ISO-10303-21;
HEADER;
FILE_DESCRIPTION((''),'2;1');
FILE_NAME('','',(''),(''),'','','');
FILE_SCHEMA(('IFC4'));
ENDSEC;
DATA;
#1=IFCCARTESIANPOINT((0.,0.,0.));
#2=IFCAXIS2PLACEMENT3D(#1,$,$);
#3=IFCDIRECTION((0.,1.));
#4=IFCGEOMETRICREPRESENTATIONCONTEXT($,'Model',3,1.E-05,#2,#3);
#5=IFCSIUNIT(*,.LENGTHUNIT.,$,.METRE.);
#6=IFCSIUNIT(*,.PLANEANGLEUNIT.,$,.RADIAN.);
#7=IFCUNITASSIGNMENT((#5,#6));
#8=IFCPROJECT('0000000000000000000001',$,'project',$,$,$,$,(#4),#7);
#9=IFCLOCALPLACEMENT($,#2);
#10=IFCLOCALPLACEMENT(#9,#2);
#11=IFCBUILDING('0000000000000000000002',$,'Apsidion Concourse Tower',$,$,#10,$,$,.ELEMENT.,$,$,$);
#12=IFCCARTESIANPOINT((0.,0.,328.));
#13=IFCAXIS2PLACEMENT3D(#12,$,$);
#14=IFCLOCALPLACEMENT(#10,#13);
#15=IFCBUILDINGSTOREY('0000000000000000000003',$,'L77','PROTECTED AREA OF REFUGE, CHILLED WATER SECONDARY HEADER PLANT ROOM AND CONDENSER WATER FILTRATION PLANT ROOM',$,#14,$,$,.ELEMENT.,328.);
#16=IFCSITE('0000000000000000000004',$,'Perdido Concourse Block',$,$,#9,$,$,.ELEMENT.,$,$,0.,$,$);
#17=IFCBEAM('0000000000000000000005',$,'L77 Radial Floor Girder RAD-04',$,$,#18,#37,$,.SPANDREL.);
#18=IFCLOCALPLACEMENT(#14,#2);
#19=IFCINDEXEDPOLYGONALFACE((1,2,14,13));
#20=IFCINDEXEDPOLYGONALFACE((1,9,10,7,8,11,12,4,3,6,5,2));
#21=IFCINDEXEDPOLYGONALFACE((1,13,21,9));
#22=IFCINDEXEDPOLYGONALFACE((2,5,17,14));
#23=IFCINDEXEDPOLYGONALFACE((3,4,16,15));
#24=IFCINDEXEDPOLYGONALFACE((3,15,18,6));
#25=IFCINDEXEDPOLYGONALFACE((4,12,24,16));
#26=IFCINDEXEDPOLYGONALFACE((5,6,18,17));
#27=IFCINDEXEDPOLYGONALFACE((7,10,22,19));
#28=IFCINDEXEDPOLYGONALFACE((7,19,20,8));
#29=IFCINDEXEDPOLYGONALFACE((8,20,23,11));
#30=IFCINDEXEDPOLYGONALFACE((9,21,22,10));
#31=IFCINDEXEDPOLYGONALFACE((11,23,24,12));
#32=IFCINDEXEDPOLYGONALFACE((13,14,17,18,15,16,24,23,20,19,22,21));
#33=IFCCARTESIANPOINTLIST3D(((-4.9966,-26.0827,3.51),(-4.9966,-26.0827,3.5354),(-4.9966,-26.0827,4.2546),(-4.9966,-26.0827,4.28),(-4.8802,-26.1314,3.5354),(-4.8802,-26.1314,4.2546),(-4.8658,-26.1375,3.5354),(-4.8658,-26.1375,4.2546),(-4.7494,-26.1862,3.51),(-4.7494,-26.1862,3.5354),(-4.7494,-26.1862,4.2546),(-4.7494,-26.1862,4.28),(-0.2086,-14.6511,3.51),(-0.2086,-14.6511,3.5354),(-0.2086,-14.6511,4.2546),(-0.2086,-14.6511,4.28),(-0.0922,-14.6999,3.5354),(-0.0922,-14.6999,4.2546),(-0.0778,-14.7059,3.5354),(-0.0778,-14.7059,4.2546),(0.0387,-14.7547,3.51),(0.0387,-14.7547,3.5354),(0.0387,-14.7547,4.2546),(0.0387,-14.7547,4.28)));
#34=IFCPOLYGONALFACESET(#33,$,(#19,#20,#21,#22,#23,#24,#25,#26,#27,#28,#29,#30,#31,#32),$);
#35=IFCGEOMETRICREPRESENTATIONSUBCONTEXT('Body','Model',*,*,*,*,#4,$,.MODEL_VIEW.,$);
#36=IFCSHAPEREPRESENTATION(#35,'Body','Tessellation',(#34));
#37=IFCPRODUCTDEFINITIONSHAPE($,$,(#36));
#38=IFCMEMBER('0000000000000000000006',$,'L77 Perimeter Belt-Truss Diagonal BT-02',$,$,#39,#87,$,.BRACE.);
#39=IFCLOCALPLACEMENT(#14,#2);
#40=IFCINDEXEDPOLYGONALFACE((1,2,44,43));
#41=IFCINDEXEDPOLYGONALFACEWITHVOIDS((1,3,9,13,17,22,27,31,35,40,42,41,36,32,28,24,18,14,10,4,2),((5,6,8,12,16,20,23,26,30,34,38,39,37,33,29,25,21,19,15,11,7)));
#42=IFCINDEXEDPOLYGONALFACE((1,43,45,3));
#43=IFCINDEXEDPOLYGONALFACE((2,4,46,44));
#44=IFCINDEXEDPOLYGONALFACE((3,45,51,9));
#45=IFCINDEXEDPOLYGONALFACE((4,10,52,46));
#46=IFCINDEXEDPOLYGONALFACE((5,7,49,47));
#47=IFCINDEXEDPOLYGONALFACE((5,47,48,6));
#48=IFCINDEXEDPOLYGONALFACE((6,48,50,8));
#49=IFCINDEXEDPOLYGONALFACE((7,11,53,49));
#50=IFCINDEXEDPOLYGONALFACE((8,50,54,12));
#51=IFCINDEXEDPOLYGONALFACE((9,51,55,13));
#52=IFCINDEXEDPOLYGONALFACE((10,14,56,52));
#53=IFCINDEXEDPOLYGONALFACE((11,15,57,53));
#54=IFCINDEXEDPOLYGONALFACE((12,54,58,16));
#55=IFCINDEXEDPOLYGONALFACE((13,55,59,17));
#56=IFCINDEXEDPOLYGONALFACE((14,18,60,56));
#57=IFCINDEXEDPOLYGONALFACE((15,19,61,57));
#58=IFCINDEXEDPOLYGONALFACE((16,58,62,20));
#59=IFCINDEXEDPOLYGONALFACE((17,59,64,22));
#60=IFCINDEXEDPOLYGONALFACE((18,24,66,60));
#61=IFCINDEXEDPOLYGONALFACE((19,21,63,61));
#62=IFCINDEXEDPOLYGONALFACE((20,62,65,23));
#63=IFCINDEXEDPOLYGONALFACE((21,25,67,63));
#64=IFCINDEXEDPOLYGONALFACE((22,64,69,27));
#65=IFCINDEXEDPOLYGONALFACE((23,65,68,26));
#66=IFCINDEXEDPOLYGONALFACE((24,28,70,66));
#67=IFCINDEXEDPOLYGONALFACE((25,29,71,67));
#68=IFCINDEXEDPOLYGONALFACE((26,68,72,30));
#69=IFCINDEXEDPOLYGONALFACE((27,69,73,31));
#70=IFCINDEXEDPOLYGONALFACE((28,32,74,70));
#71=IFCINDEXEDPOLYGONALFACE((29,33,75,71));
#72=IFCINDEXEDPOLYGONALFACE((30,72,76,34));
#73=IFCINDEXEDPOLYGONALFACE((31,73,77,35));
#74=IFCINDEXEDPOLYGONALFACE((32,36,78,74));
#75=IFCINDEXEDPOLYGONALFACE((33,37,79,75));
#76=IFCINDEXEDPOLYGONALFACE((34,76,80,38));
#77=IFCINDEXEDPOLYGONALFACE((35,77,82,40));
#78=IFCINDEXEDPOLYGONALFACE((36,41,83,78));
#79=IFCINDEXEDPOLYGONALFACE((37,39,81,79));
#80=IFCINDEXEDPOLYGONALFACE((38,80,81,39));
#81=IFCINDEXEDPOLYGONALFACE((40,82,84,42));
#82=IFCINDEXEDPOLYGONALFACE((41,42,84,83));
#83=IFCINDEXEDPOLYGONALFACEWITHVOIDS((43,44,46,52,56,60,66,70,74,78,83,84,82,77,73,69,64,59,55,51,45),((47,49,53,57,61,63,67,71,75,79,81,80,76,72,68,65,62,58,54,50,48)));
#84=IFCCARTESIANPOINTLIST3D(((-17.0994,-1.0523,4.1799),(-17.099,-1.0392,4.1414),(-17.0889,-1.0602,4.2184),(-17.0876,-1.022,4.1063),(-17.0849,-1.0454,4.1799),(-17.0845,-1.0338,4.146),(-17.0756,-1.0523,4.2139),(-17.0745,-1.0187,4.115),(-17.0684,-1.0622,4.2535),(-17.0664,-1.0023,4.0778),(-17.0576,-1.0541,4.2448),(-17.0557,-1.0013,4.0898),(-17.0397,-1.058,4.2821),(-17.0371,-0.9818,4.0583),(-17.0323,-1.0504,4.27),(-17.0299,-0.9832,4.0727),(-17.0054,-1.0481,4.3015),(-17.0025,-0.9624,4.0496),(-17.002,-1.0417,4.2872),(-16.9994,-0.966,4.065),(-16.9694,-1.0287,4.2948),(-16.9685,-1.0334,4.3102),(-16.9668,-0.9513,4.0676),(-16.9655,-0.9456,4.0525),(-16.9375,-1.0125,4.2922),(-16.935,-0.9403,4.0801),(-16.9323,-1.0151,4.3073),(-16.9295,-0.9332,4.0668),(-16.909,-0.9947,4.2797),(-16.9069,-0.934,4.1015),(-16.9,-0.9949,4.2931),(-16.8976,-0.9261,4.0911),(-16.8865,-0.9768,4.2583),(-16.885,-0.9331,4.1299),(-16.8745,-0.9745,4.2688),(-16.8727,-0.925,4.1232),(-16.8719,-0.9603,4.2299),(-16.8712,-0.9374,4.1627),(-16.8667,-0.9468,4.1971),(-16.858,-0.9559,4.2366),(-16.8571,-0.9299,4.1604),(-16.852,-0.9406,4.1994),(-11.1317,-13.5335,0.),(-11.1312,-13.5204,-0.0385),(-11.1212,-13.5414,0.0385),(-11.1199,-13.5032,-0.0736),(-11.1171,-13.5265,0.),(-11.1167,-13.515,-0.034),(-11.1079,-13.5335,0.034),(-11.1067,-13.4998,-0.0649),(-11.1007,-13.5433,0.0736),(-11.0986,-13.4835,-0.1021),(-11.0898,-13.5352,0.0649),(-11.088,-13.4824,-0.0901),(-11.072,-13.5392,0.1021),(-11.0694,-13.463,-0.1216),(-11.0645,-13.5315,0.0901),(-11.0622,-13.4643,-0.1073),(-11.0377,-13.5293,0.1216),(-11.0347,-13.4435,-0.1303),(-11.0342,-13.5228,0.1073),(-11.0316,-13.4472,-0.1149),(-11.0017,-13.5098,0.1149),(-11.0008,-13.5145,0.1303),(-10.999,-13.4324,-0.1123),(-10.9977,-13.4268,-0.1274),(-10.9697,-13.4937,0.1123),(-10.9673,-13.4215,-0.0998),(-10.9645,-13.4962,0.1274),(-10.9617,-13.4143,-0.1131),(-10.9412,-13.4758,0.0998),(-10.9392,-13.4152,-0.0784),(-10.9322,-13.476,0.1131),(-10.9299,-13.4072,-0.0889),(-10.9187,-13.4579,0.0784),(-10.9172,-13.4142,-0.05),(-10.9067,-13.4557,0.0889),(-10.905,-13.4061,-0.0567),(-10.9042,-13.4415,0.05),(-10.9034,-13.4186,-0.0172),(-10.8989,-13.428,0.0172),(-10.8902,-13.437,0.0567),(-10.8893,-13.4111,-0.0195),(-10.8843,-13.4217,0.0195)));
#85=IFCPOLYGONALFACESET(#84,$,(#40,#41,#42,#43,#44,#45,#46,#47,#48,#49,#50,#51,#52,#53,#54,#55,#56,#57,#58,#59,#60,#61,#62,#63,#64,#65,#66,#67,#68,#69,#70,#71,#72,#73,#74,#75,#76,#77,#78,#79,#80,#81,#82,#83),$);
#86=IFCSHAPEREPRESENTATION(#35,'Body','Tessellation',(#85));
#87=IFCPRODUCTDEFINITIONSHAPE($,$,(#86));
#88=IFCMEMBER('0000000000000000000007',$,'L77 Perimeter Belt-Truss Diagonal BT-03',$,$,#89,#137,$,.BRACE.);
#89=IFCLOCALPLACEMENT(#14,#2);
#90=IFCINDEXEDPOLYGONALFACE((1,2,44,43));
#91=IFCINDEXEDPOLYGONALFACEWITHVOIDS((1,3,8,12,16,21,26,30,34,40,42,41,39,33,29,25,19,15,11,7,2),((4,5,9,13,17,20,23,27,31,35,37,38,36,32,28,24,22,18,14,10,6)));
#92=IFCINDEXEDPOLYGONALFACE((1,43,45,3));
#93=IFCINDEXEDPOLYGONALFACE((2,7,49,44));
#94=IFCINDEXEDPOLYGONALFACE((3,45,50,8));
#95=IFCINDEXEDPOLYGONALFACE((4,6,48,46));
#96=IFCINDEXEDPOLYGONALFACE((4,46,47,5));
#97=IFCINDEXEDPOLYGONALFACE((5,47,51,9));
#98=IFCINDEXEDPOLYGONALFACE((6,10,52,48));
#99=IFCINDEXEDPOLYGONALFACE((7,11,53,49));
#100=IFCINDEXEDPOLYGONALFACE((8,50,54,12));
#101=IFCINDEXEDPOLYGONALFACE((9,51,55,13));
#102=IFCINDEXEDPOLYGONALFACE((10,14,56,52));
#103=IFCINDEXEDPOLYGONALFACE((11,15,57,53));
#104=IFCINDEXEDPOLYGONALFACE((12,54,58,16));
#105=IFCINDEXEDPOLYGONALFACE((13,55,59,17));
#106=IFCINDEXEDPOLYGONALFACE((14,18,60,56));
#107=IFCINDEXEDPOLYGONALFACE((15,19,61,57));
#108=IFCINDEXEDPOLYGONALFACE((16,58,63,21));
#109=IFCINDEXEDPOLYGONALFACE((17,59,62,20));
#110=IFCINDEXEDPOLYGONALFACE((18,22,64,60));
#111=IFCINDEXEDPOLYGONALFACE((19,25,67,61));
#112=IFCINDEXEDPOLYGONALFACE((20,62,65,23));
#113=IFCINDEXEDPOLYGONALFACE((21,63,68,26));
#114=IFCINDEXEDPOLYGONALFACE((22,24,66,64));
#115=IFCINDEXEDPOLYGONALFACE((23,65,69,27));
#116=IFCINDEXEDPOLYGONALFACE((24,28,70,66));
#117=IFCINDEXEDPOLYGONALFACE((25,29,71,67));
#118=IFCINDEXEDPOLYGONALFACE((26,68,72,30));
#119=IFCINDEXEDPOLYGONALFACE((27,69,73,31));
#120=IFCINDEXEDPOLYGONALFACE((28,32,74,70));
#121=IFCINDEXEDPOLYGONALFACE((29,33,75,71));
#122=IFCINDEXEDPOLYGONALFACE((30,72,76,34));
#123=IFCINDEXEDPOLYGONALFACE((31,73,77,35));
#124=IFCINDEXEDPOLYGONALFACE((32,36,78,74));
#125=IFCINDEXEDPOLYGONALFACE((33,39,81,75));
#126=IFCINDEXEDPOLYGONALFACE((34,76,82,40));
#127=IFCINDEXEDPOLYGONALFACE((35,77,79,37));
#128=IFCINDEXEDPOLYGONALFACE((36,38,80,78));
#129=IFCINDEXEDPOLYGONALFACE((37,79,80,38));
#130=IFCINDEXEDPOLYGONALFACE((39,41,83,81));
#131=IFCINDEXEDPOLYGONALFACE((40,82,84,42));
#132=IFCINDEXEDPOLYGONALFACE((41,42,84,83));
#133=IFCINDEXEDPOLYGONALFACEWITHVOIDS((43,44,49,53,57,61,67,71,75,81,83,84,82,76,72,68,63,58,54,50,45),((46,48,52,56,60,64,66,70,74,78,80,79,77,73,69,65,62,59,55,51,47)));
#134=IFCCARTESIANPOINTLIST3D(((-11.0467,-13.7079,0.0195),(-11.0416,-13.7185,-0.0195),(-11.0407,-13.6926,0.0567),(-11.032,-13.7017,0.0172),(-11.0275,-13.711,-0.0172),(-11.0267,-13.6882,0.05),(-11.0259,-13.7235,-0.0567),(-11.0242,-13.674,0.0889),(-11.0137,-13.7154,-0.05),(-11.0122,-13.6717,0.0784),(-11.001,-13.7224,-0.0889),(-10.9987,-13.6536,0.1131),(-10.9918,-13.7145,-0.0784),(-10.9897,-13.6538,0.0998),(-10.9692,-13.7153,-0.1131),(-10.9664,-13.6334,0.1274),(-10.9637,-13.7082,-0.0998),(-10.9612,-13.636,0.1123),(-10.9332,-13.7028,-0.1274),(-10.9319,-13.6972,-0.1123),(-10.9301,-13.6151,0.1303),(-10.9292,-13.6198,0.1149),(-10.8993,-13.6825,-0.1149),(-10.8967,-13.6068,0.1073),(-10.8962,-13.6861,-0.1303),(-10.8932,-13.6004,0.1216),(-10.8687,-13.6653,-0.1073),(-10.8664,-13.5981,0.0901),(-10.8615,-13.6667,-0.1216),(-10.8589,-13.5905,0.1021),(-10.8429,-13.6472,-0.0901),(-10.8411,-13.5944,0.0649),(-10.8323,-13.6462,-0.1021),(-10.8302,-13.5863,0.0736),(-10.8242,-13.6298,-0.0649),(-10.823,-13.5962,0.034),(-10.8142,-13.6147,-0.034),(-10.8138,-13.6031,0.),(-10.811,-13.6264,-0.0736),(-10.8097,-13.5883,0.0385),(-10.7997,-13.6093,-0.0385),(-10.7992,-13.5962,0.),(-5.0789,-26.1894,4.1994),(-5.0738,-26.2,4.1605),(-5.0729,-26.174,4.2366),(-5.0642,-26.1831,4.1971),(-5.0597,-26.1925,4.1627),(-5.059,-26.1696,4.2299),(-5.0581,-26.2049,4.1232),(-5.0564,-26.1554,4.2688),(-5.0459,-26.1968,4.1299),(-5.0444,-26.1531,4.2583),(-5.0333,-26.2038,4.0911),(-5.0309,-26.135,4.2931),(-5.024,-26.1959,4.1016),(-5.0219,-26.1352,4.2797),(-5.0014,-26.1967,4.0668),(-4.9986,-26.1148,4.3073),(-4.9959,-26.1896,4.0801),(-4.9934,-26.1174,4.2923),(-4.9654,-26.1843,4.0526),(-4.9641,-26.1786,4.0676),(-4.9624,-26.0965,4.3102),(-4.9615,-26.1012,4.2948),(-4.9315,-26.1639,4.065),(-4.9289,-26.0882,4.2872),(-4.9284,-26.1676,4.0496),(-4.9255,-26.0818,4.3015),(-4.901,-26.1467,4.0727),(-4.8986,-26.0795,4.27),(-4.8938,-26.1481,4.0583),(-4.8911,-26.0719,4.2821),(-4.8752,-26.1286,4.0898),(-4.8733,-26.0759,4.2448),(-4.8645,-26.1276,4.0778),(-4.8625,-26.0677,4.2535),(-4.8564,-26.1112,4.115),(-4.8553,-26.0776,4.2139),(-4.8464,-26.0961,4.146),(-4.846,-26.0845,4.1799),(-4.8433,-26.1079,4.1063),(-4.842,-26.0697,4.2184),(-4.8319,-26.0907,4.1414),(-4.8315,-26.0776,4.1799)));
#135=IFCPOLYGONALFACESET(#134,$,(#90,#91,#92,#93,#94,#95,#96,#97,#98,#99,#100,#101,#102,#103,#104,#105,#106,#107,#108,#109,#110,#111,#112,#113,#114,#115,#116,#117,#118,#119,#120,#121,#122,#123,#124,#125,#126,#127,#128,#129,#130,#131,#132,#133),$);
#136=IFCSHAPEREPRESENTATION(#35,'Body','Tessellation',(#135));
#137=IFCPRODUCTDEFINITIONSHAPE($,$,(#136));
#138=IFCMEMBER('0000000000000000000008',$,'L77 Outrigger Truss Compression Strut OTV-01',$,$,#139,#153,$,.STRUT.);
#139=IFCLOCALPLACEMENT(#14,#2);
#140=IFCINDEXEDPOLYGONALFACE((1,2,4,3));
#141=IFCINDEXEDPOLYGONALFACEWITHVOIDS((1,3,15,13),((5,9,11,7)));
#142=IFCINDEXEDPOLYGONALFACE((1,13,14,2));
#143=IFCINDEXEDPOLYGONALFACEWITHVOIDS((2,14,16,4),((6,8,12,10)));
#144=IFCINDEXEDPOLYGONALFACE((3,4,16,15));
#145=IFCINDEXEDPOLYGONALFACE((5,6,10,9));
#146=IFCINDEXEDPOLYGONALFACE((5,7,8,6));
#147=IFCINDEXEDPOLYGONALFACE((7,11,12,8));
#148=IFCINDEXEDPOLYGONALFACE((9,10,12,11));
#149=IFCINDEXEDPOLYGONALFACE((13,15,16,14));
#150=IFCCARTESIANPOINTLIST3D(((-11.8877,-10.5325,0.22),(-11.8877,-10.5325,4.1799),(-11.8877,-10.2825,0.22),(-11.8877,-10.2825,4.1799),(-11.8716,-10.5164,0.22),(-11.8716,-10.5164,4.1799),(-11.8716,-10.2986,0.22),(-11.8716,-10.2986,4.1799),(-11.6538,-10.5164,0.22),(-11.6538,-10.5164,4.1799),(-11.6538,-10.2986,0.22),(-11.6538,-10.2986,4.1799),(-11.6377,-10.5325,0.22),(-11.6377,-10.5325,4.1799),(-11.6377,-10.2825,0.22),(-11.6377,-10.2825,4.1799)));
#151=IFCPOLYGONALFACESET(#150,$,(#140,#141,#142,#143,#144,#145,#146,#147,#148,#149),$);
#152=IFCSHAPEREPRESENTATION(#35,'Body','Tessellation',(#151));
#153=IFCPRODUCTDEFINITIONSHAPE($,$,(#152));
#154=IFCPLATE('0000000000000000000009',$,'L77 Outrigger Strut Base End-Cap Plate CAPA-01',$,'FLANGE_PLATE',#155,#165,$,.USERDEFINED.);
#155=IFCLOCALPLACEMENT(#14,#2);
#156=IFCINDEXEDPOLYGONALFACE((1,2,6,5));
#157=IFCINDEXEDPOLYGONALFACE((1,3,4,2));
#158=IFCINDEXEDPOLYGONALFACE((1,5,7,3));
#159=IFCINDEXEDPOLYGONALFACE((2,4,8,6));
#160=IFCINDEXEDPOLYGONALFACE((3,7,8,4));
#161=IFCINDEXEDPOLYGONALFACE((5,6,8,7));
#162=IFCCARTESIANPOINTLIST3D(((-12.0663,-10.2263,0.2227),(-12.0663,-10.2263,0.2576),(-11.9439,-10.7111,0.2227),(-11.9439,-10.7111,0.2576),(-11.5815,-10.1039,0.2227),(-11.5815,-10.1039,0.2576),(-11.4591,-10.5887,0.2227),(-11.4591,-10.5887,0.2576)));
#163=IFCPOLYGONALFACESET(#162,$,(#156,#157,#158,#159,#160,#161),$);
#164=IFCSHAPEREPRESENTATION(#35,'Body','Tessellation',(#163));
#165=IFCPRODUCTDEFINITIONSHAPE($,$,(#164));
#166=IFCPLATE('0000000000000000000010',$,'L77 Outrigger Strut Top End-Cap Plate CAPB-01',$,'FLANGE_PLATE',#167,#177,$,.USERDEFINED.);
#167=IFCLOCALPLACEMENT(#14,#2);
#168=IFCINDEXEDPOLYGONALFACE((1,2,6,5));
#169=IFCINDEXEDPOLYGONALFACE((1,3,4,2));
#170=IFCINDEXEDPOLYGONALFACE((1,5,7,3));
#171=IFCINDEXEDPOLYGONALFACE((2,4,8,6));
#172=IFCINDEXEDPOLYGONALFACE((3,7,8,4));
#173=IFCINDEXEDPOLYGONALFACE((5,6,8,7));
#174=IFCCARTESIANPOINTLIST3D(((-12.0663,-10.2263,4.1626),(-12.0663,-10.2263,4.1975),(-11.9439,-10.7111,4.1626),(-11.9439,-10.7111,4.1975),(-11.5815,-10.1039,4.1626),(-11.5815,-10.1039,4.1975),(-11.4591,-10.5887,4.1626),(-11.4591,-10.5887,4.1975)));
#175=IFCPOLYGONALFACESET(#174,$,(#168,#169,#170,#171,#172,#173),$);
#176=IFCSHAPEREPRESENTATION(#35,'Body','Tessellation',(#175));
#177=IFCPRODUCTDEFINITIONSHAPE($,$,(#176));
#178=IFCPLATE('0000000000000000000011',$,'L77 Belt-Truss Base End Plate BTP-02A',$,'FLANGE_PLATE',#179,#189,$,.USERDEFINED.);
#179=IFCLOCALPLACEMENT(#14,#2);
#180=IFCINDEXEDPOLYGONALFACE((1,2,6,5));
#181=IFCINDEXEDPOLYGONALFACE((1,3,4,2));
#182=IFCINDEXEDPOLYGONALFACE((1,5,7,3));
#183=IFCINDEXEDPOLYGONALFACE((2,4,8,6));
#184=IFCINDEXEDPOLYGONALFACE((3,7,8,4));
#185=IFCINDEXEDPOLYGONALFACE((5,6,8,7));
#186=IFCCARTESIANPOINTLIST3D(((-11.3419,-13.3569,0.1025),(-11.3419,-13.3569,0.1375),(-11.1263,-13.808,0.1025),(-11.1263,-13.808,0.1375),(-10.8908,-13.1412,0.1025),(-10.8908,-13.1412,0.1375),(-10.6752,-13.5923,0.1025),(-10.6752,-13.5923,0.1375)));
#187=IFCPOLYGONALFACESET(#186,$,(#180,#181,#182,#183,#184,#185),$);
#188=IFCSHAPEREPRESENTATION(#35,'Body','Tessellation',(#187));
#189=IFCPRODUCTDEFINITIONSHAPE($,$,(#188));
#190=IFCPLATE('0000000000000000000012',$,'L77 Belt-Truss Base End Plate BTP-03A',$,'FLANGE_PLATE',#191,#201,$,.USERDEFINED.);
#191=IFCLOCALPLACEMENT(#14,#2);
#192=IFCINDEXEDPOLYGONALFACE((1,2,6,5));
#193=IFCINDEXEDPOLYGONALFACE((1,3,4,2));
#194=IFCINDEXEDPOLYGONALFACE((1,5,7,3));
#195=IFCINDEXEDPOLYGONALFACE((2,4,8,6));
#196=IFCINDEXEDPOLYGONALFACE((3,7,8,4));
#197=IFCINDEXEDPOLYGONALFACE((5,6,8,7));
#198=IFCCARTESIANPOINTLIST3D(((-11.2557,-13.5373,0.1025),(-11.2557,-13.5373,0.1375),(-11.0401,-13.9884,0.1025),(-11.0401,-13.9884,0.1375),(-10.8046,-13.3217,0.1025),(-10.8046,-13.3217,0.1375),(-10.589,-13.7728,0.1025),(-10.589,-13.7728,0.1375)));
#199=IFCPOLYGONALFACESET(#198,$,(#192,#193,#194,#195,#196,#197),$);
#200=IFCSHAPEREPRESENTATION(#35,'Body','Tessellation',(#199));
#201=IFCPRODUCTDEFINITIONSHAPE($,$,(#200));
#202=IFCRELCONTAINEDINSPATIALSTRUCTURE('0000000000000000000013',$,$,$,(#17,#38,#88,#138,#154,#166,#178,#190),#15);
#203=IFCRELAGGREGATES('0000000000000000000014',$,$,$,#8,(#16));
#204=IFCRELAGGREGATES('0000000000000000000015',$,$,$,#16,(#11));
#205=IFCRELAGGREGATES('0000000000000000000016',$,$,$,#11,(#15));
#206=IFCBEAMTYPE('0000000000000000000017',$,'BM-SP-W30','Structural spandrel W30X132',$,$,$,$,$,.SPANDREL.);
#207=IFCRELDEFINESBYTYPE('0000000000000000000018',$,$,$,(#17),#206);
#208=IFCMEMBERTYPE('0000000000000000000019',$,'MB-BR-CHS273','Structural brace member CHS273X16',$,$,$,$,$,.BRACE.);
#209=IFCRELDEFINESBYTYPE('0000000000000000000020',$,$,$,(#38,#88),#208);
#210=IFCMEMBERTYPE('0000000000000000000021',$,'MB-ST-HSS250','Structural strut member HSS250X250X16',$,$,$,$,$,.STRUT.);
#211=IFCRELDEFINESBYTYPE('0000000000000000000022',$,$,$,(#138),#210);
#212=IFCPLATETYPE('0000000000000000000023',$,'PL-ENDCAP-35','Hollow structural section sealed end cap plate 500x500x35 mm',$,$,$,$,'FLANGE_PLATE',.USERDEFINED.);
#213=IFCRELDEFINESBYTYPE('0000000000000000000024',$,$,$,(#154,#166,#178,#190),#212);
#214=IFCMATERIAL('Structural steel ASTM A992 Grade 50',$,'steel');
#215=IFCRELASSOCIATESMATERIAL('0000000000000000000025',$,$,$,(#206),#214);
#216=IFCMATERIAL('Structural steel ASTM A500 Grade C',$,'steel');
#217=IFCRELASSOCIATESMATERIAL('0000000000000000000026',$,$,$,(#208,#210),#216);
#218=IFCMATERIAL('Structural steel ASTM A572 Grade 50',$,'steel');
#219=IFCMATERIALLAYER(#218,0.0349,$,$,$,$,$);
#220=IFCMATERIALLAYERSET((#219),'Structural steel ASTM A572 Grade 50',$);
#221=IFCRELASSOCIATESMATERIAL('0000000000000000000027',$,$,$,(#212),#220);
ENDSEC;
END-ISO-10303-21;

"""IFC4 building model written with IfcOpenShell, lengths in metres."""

from ifc_helpers import new_model, si_unit, direction, frame, origin, origin_2d, place, context, subcontext, project, spatial, rectangle, hollow_rectangle, hollow_circle, i_section, extrude, material, layer, layer_set, material_profile, profile_set, type_object, element, save


model = new_model("IFC4")

# Units and contexts
model_context = context("Model", 3, precision=1e-05, world=origin(), true_north=direction((0.0, 1.0)))
body_context = subcontext(model_context, "Body", "Model", "MODEL_VIEW")
ifc_project = project(units=[si_unit("LENGTHUNIT", "METRE"), si_unit("PLANEANGLEUNIT", "RADIAN")], contexts=[model_context])

# Site, building, storey
site_placement = place(None, origin())
site = spatial("IfcSite", under=ifc_project, at=site_placement, Name="Perdido Concourse Block", CompositionType="ELEMENT", RefElevation=0.0)
building_placement = place(site_placement, origin())
building = spatial("IfcBuilding", under=site, at=building_placement, Name="Apsidion Concourse Tower", CompositionType="ELEMENT")
storey_placement = place(building_placement, frame((0.0, 0.0, 328.0)))
storey = spatial("IfcBuildingStorey", under=building, at=storey_placement, Name="L77", Description="PROTECTED AREA OF REFUGE, CHILLED WATER SECONDARY HEADER PLANT ROOM AND CONDENSER WATER FILTRATION PLANT ROOM", CompositionType="ELEMENT", Elevation=328.0)

# Shared definitions
ifc_material_1 = material(Name="Structural steel ASTM A992 Grade 50", Category="steel")

# Beam
ifc_material_profile_1 = material_profile(ifc_material_1, i_section(OverallWidth=0.2681, OverallDepth=0.77, WebThickness=0.0156, FlangeThickness=0.0254, at=origin_2d()), Name="W30X132")
ifc_profile_set_1 = profile_set([ifc_material_profile_1], Name="Structural steel ASTM A992 Grade 50")
beam_type_1 = type_object("IfcBeamType", Name="BM-SP-W30", Description="Structural spandrel W30X132", PredefinedType="SPANDREL", material=ifc_profile_set_1)
beam_1_placement = place(storey_placement, frame((-0.085, -14.7029, 3.895), z_axis=(-0.386327, -0.922362, 0.0), x_axis=(0.922362, -0.386327, 0.0)))
element("IfcBeam", 1, at=beam_1_placement, inside=storey, type_object=beam_type_1, Name="L77 Radial Floor Girder RAD-04", PredefinedType="SPANDREL", context=body_context, shape_type="SweptSolid", body=[
    extrude(i_section(OverallWidth=0.2681, OverallDepth=0.77, WebThickness=0.0156, FlangeThickness=0.0254, at=origin_2d()), origin(), (0.0, 0.0, 1.0), 12.3938),
])

# Members
ifc_material_2 = material(Name="Structural steel ASTM A500 Grade C", Category="steel")
ifc_material_profile_2 = material_profile(ifc_material_2, hollow_circle(Radius=0.1365, WallThickness=0.0161, at=origin_2d()), Name="CHS273X16")
ifc_profile_set_2 = profile_set([ifc_material_profile_2], Name="Structural steel ASTM A500 Grade C")
member_type_1 = type_object("IfcMemberType", Name="MB-BR-CHS273", Description="Structural brace member CHS273X16", PredefinedType="BRACE", material=ifc_profile_set_2)
member_1_placement = place(storey_placement, frame((-11.0085, -13.4746, 0.0), z_axis=(-0.412931, 0.863619, 0.289224), x_axis=(-0.902176, -0.431367, 0.0)))
element("IfcMember", 2, at=member_1_placement, inside=storey, type_object=member_type_1, Name="L77 Perimeter Belt-Truss Diagonal BT-02", PredefinedType="BRACE", context=body_context, shape_type="SweptSolid", body=[
    extrude(hollow_circle(Radius=0.1365, WallThickness=0.0161, at=origin_2d()), origin(), (0.0, 0.0, 1.0), 14.4521),
])
member_2_placement = place(storey_placement, frame((-10.9224, -13.655, 0.0), z_axis=(0.412925, -0.863623, 0.28922), x_axis=(0.90218, 0.431361, 0.0)))
element("IfcMember", 3, at=member_2_placement, inside=storey, type_object=member_type_1, Name="L77 Perimeter Belt-Truss Diagonal BT-03", PredefinedType="BRACE", context=body_context, shape_type="SweptSolid", body=[
    extrude(hollow_circle(Radius=0.1365, WallThickness=0.0161, at=origin_2d()), origin(), (0.0, 0.0, 1.0), 14.4524),
])
ifc_material_profile_3 = material_profile(ifc_material_2, hollow_rectangle(XDim=0.25, YDim=0.25, WallThickness=0.0161, at=origin_2d()), Name="HSS250X250X16")
ifc_profile_set_3 = profile_set([ifc_material_profile_3], Name="Structural steel ASTM A500 Grade C")
member_type_2 = type_object("IfcMemberType", Name="MB-ST-HSS250", Description="Structural strut member HSS250X250X16", PredefinedType="STRUT", material=ifc_profile_set_3)
member_3_placement = place(storey_placement, frame((-11.7627, -10.4075, 0.22), z_axis=(0.0, 0.0, 1.0), x_axis=(1.0, 0.0, 0.0)))
element("IfcMember", 4, at=member_3_placement, inside=storey, type_object=member_type_2, Name="L77 Outrigger Truss Compression Strut OTV-01", PredefinedType="STRUT", context=body_context, shape_type="SweptSolid", body=[
    extrude(hollow_rectangle(XDim=0.25, YDim=0.25, WallThickness=0.0161, at=origin_2d()), origin(), (0.0, 0.0, 1.0), 3.96),
])

# Plates
ifc_material_3 = material(Name="Structural steel ASTM A572 Grade 50", Category="steel")
ifc_layer_1 = layer(ifc_material_3, 0.0349)
ifc_layer_set_1 = layer_set([ifc_layer_1], Name="Structural steel ASTM A572 Grade 50")
plate_type_1 = type_object("IfcPlateType", Name="PL-ENDCAP-35", Description="Hollow structural section sealed end cap plate 500x500x35 mm", ElementType="FLANGE_PLATE", PredefinedType="USERDEFINED", material=ifc_layer_set_1)
for number, where, z_axis, x_axis, name in (
    (5, (-11.7627, -10.4075, 0.2227), (0.0, 0.0, 1.0), (-0.2448, 0.969574, 0.0), "L77 Outrigger Strut Base End-Cap Plate CAPA-01"),
    (6, (-11.7627, -10.4075, 4.1626), (0.0, 0.0, 1.0), (-0.2448, 0.969574, 0.0), "L77 Outrigger Strut Top End-Cap Plate CAPB-01"),
    (7, (-11.0085, -13.4746, 0.1025), (0.0, 0.0, 1.0), (-0.431299, 0.902209, 0.0), "L77 Belt-Truss Base End Plate BTP-02A"),
    (8, (-10.9224, -13.655, 0.1025), (0.0, 0.0, 1.0), (-0.431299, 0.902209, 0.0), "L77 Belt-Truss Base End Plate BTP-03A"),
):
    element("IfcPlate", number, at=place(storey_placement, frame(where, z_axis=z_axis, x_axis=x_axis)), inside=storey, type_object=plate_type_1, Name=name, ObjectType="FLANGE_PLATE", PredefinedType="USERDEFINED", context=body_context, shape_type="SweptSolid", body=[
        extrude(rectangle(XDim=0.5, YDim=0.5, at=origin_2d()), origin(), (0.0, 0.0, 1.0), 0.0349),
    ])

save(model, "model.ifc")
